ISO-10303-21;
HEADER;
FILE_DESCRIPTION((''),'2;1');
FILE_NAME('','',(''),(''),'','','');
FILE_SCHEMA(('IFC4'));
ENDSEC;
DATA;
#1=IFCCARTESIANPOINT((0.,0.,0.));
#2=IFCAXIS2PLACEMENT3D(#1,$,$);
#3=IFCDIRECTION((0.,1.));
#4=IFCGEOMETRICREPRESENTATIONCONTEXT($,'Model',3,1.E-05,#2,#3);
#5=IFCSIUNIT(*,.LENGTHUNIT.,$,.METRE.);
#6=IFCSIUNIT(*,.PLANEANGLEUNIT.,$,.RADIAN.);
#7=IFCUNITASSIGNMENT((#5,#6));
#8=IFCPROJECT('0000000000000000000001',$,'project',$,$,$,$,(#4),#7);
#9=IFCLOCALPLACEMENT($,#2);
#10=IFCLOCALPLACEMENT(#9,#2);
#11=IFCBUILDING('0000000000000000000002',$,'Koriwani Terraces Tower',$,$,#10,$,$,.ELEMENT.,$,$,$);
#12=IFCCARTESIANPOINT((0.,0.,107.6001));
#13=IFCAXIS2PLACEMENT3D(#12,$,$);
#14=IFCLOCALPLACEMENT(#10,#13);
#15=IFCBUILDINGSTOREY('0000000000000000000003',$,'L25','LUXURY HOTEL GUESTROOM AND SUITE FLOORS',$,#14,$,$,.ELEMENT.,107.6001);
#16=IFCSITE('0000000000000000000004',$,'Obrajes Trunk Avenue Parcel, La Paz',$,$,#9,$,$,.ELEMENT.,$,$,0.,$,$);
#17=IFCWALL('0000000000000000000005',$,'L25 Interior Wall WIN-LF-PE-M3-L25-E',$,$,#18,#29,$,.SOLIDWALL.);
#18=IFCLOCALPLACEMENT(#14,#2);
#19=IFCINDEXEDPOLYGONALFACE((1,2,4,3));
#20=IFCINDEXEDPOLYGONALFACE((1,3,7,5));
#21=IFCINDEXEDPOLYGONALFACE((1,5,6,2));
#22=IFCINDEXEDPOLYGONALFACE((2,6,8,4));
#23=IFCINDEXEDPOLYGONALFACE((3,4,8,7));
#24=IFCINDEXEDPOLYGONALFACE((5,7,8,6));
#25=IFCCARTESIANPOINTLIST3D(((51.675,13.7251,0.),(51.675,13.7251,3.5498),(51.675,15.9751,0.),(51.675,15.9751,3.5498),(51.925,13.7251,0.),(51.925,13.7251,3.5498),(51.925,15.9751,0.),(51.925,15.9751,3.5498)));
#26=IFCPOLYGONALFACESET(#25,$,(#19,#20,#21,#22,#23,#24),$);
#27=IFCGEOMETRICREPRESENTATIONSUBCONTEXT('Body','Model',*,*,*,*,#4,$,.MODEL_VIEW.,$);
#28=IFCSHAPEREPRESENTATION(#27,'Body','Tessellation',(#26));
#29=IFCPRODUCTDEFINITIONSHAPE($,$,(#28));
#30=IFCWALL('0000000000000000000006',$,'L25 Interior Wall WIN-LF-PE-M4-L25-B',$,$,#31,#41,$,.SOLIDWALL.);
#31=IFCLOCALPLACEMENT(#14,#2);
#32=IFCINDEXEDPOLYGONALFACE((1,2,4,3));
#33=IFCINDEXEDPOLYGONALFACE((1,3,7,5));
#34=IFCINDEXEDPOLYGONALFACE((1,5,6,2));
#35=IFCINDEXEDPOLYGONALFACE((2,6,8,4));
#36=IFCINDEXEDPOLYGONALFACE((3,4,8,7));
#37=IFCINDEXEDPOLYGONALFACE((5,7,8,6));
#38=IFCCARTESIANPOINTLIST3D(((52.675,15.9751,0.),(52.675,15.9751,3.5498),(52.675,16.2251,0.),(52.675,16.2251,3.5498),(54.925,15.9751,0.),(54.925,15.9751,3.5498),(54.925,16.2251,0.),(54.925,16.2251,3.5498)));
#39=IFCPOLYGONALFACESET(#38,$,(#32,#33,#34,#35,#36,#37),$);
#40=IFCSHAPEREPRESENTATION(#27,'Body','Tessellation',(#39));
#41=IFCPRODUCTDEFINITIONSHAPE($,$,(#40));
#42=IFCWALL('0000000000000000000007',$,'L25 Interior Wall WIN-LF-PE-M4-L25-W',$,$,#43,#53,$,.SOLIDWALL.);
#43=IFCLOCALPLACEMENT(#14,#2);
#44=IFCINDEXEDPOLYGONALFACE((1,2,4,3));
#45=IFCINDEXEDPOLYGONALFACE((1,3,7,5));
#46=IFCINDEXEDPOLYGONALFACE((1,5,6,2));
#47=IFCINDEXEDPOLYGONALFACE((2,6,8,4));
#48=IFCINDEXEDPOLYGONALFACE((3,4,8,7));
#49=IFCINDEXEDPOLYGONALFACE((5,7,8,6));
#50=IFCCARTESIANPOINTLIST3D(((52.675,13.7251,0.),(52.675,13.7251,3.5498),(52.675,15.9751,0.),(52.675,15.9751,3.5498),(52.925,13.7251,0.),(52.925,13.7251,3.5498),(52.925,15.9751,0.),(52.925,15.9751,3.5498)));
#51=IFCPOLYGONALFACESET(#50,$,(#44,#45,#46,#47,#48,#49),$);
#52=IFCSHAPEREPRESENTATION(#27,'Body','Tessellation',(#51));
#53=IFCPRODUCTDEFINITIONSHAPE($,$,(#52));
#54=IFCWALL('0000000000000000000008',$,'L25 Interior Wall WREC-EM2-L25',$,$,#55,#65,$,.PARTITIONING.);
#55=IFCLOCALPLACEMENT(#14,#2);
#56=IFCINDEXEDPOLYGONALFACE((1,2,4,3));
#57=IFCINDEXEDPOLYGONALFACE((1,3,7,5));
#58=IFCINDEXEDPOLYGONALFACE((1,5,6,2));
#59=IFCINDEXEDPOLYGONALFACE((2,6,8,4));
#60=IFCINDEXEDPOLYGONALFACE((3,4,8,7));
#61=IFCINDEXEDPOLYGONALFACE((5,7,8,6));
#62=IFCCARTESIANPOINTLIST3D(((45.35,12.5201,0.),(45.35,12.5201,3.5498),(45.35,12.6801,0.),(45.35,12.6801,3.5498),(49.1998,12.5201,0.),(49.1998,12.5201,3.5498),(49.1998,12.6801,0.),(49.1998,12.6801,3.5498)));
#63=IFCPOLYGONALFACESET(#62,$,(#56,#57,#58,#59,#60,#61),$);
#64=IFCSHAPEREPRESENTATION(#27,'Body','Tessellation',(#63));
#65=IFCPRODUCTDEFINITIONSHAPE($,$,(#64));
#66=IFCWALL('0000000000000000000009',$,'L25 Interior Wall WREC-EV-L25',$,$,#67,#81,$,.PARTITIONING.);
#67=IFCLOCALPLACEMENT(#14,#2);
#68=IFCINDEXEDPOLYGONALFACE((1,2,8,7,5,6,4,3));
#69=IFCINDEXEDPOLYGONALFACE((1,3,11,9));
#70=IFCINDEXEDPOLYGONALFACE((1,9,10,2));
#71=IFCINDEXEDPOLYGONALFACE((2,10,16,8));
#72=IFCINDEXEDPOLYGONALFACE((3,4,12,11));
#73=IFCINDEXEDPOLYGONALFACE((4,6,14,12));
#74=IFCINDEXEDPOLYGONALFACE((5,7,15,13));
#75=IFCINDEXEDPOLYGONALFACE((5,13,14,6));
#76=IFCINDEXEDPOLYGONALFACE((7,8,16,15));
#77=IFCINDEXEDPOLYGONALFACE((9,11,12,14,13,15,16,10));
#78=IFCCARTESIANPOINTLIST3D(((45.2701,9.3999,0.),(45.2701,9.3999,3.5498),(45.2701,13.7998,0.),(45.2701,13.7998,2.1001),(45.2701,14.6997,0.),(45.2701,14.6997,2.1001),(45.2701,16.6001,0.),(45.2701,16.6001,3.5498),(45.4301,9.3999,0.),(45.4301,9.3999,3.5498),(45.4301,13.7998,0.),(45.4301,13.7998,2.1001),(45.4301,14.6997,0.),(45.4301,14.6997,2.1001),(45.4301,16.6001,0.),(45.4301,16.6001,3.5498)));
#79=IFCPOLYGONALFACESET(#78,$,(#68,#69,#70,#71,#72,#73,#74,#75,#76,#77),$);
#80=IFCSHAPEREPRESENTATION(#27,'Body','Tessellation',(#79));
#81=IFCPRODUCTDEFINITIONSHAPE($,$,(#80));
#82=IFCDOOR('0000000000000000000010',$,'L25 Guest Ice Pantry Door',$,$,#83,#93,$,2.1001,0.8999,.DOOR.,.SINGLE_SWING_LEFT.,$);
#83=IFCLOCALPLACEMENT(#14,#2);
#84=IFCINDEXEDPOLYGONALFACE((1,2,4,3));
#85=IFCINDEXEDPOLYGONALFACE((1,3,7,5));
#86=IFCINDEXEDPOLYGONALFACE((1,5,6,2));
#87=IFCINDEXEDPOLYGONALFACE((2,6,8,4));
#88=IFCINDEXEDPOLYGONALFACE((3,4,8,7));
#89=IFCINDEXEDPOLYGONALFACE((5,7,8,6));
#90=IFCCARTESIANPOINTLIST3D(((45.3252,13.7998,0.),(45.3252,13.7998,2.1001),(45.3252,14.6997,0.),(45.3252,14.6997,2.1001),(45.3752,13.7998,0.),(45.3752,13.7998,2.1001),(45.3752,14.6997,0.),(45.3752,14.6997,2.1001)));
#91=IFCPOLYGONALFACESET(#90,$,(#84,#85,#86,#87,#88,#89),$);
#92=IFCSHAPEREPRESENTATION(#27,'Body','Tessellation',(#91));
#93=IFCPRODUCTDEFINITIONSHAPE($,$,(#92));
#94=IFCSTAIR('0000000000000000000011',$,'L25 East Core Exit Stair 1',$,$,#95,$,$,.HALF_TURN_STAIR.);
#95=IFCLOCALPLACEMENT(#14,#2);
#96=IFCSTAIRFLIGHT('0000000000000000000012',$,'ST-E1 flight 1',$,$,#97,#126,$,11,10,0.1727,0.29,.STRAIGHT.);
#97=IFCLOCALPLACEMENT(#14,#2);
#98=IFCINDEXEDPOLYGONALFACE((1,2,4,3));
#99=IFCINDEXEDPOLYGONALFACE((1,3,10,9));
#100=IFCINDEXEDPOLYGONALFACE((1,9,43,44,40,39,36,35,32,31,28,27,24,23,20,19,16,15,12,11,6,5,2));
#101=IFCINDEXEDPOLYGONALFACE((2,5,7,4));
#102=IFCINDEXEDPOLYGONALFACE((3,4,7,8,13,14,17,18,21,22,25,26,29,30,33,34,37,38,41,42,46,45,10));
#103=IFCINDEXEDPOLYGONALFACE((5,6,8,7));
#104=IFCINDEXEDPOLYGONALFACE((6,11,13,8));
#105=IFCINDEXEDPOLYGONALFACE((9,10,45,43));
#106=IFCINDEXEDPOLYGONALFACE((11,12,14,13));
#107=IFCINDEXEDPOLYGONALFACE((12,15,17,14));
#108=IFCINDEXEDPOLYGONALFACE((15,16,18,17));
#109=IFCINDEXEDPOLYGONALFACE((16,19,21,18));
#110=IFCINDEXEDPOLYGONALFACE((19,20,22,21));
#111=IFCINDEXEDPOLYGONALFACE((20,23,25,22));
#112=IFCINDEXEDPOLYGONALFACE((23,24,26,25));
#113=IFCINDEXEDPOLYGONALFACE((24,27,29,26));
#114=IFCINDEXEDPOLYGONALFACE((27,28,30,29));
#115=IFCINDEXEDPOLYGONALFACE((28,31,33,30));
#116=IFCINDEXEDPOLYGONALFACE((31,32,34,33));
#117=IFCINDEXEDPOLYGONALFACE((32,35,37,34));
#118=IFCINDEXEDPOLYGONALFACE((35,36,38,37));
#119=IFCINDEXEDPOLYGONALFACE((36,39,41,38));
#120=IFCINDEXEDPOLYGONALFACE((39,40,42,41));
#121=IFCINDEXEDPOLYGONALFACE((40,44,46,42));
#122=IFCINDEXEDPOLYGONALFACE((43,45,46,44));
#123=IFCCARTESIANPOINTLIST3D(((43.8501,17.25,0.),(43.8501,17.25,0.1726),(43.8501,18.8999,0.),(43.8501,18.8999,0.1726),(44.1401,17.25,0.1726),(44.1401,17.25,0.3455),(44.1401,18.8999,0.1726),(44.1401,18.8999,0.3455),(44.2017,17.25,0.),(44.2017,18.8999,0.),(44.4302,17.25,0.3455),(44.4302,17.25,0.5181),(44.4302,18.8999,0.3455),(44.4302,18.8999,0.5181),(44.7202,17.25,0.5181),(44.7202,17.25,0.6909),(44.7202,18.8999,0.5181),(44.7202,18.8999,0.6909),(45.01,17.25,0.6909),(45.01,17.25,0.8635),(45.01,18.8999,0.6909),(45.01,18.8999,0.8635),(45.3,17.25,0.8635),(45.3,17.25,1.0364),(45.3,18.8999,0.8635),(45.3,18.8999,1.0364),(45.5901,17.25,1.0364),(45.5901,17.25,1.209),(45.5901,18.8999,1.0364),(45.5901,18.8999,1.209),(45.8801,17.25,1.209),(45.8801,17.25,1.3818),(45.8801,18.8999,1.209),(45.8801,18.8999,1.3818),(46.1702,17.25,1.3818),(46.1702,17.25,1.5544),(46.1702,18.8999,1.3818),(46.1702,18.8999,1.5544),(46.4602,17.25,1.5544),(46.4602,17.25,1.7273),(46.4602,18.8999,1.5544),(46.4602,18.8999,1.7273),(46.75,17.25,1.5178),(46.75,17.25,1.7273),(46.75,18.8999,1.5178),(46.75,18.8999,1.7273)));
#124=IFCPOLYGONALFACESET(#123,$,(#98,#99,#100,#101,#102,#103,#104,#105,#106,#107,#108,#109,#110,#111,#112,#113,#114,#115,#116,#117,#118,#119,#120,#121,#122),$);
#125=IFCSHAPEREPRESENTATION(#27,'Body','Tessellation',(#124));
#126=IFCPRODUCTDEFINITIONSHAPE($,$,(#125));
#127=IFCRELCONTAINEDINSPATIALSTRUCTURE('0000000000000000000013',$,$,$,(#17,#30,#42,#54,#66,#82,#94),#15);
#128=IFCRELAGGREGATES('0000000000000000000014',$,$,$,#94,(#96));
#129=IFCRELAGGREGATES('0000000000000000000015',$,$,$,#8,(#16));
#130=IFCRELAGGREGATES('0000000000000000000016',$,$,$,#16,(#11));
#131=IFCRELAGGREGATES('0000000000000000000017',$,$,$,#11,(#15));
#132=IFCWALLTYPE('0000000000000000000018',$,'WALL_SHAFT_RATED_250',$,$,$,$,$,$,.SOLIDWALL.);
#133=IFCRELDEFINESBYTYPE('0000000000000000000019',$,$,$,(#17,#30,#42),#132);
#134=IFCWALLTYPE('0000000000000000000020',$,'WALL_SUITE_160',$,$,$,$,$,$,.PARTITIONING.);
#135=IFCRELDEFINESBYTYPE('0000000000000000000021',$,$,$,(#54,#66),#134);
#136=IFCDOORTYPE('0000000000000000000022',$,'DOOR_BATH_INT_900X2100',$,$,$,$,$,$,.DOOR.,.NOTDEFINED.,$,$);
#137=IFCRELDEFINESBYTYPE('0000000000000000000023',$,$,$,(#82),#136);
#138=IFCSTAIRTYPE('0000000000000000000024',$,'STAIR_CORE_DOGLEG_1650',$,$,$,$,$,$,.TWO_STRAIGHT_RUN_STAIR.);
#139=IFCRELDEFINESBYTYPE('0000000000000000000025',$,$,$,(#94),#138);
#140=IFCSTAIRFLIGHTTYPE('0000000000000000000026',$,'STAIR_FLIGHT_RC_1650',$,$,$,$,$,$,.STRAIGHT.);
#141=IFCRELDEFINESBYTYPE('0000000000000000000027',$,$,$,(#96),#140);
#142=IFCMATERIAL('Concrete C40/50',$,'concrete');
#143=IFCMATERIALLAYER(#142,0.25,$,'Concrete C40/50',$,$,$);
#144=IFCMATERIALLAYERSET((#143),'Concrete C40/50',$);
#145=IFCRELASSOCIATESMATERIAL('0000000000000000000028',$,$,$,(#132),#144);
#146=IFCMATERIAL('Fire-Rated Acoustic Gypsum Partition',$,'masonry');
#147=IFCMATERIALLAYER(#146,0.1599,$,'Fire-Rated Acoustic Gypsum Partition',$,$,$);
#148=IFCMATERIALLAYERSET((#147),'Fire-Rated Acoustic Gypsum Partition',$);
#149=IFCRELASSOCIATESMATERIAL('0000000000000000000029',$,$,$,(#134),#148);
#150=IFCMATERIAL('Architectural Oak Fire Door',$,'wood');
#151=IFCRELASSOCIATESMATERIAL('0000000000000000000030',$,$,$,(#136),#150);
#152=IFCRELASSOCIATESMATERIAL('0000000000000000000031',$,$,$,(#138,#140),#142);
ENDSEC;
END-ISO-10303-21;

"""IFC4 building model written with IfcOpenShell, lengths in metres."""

from ifc_helpers import new_model, si_unit, direction, frame, frame_2d, origin, place, context, subcontext, project, spatial, polyline, rectangle, outline, extrude, material, layer, layer_set, type_object, element, fill, aggregate, save


model = new_model("IFC4")

# Units and contexts
model_context = context("Model", 3, precision=1e-05, world=origin(), true_north=direction((0.0, 1.0)))
body_context = subcontext(model_context, "Body", "Model", "MODEL_VIEW")
ifc_project = project(units=[si_unit("LENGTHUNIT", "METRE"), si_unit("PLANEANGLEUNIT", "RADIAN")], contexts=[model_context])

# Site, building, storey
site_placement = place(None, origin())
site = spatial("IfcSite", under=ifc_project, at=site_placement, Name="Obrajes Trunk Avenue Parcel, La Paz", CompositionType="ELEMENT", RefElevation=0.0)
building_placement = place(site_placement, origin())
building = spatial("IfcBuilding", under=site, at=building_placement, Name="Koriwani Terraces Tower", CompositionType="ELEMENT")
storey_placement = place(building_placement, frame((0.0, 0.0, 107.6001)))
storey = spatial("IfcBuildingStorey", under=building, at=storey_placement, Name="L25", Description="LUXURY HOTEL GUESTROOM AND SUITE FLOORS", CompositionType="ELEMENT", Elevation=107.6001)

# Shared definitions
ifc_material_1 = material(Name="Concrete C40/50", Category="concrete")

# Shared definitions
ifc_layer_1 = layer(ifc_material_1, 0.25, Name="Concrete C40/50")
ifc_layer_set_1 = layer_set([ifc_layer_1], Name="Concrete C40/50")
wall_type_1 = type_object("IfcWallType", Name="WALL_SHAFT_RATED_250", PredefinedType="SOLIDWALL", material=ifc_layer_set_1)

# Wall
for number, where, z_axis, x_axis, name in (
    (1, (51.8, 13.7251, 0.0), (0.0, 0.0, 1.0), (0.0, 1.0, 0.0), "L25 Interior Wall WIN-LF-PE-M3-L25-E"),
):
    element("IfcWall", number, at=place(storey_placement, frame(where, z_axis=z_axis, x_axis=x_axis)), inside=storey, type_object=wall_type_1, Name=name, PredefinedType="SOLIDWALL", context=body_context, shape_type="SweptSolid", body=[
        extrude(rectangle(XDim=2.25, YDim=0.25, at=frame_2d((1.125, 0.0))), origin(), (0.0, 0.0, 1.0), 3.5498),
    ])

# Walls
for number, where, z_axis, x_axis, name in (
    (2, (52.675, 16.1001, 0.0), (0.0, 0.0, 1.0), (1.0, 0.0, 0.0), "L25 Interior Wall WIN-LF-PE-M4-L25-B"),
    (3, (52.8, 13.7251, 0.0), (0.0, 0.0, 1.0), (0.0, 1.0, 0.0), "L25 Interior Wall WIN-LF-PE-M4-L25-W"),
):
    element("IfcWall", number, at=place(storey_placement, frame(where, z_axis=z_axis, x_axis=x_axis)), inside=storey, type_object=wall_type_1, Name=name, PredefinedType="SOLIDWALL", context=body_context, shape_type="SweptSolid", body=[
        extrude(rectangle(XDim=2.25, YDim=0.25, at=frame_2d((1.125, 0.0))), origin(), (0.0, 0.0, 1.0), 3.5498),
    ])
ifc_material_2 = material(Name="Fire-Rated Acoustic Gypsum Partition", Category="masonry")
ifc_layer_2 = layer(ifc_material_2, 0.1599, Name="Fire-Rated Acoustic Gypsum Partition")
ifc_layer_set_2 = layer_set([ifc_layer_2], Name="Fire-Rated Acoustic Gypsum Partition")
wall_type_2 = type_object("IfcWallType", Name="WALL_SUITE_160", PredefinedType="PARTITIONING", material=ifc_layer_set_2)
wall_1_placement = place(storey_placement, frame((45.3501, 12.6001, 0.0), z_axis=(0.0, 0.0, 1.0), x_axis=(1.0, 0.0, 0.0)))
element("IfcWall", 4, at=wall_1_placement, inside=storey, type_object=wall_type_2, Name="L25 Interior Wall WREC-EM2-L25", PredefinedType="PARTITIONING", context=body_context, shape_type="SweptSolid", body=[
    extrude(rectangle(XDim=3.8499, YDim=0.1599, at=frame_2d((1.9248, 0.0))), origin(), (0.0, 0.0, 1.0), 3.5498),
])

# Wall, opening, door
wall_2_placement = place(storey_placement, frame((45.3501, 9.3999, 0.0), z_axis=(0.0, 0.0, 1.0), x_axis=(0.0, 1.0, 0.0)))
wall_2 = element("IfcWall", 5, at=wall_2_placement, inside=storey, type_object=wall_type_2, Name="L25 Interior Wall WREC-EV-L25", PredefinedType="PARTITIONING", context=body_context, shape_type="SweptSolid", body=[
    extrude(rectangle(XDim=7.2002, YDim=0.1599, at=frame_2d((3.6001, 0.0))), origin(), (0.0, 0.0, 1.0), 3.5498),
])
opening_1_placement = place(wall_2_placement, frame((4.3999, 0.0, 0.0)))
opening_1 = element("IfcOpeningElement", 6, at=opening_1_placement, cuts=wall_2, PredefinedType="OPENING", context=body_context, shape_type="SweptSolid", body=[
    extrude(rectangle(XDim=0.8999, YDim=2.1001, at=frame_2d((0.45, 1.05))), frame((0.0, 0.0898, 0.0), z_axis=(0.0, -1.0, 0.0), x_axis=(1.0, 0.0, 0.0)), (0.0, 0.0, 1.0), 0.1799),
])
ifc_material_3 = material(Name="Architectural Oak Fire Door", Category="wood")
door_type_1 = type_object("IfcDoorType", Name="DOOR_BATH_INT_900X2100", OperationType="NOTDEFINED", PredefinedType="DOOR", material=ifc_material_3)
door_1_placement = place(opening_1_placement, origin())
door_1 = element("IfcDoor", 7, at=door_1_placement, inside=storey, type_object=door_type_1, Name="L25 Guest Ice Pantry Door", OperationType="SINGLE_SWING_LEFT", OverallHeight=2.1001, OverallWidth=0.8999, PredefinedType="DOOR", context=body_context, shape_type="SweptSolid", body=[
    extrude(rectangle(XDim=0.8999, YDim=2.1001, at=frame_2d((0.45, 1.05))), frame((0.0, 0.0249, 0.0), z_axis=(0.0, -1.0, 0.0), x_axis=(1.0, 0.0, 0.0)), (0.0, 0.0, 1.0), 0.05),
])
fill(opening_1, door_1)

# Stair, stair flight
stair_type = type_object("IfcStairType", Name="STAIR_CORE_DOGLEG_1650", PredefinedType="TWO_STRAIGHT_RUN_STAIR", material=ifc_material_1)
stair_placement = place(storey_placement, origin())
stair = element("IfcStair", 8, at=stair_placement, inside=storey, type_object=stair_type, Name="L25 East Core Exit Stair 1", PredefinedType="HALF_TURN_STAIR")
stair_flight_type = type_object("IfcStairFlightType", Name="STAIR_FLIGHT_RC_1650", PredefinedType="STRAIGHT", material=ifc_material_1)
stair_flight_placement = place(storey_placement, frame((43.8501, 18.075, 0.0), z_axis=(0.0, 0.0, 1.0), x_axis=(1.0, 0.0, 0.0)))
stair_flight = element("IfcStairFlight", 9, at=stair_flight_placement, type_object=stair_flight_type, Name="ST-E1 flight 1", NumberOfRisers=11, NumberOfTreads=10, PredefinedType="STRAIGHT", RiserHeight=0.1727, TreadLength=0.29, context=body_context, shape_type="SweptSolid", body=[
    extrude(outline(polyline([(0.0, 0.0), (0.0, 0.1726), (0.29, 0.1726), (0.29, 0.3455), (0.5801, 0.3455), (0.5801, 0.5181), (0.8701, 0.5181), (0.8701, 0.6909), (1.1599, 0.6909), (1.1599, 0.8635), (1.45, 0.8635), (1.45, 1.0364), (1.74, 1.0364), (1.74, 1.209), (2.03, 1.209), (2.03, 1.3818), (2.3201, 1.3818), (2.3201, 1.5544), (2.6101, 1.5544), (2.6101, 1.7273), (2.8999, 1.7273), (2.8999, 1.8999), (2.8999, 1.5178), (0.3516, 0.0), (0.0, 0.0)])), frame((0.0, 0.825, 0.0), z_axis=(0.0, -1.0, 0.0), x_axis=(1.0, 0.0, 0.0)), (0.0, 0.0, 1.0), 1.6499),
])
aggregate(stair, [stair_flight])

save(model, "model.ifc")
